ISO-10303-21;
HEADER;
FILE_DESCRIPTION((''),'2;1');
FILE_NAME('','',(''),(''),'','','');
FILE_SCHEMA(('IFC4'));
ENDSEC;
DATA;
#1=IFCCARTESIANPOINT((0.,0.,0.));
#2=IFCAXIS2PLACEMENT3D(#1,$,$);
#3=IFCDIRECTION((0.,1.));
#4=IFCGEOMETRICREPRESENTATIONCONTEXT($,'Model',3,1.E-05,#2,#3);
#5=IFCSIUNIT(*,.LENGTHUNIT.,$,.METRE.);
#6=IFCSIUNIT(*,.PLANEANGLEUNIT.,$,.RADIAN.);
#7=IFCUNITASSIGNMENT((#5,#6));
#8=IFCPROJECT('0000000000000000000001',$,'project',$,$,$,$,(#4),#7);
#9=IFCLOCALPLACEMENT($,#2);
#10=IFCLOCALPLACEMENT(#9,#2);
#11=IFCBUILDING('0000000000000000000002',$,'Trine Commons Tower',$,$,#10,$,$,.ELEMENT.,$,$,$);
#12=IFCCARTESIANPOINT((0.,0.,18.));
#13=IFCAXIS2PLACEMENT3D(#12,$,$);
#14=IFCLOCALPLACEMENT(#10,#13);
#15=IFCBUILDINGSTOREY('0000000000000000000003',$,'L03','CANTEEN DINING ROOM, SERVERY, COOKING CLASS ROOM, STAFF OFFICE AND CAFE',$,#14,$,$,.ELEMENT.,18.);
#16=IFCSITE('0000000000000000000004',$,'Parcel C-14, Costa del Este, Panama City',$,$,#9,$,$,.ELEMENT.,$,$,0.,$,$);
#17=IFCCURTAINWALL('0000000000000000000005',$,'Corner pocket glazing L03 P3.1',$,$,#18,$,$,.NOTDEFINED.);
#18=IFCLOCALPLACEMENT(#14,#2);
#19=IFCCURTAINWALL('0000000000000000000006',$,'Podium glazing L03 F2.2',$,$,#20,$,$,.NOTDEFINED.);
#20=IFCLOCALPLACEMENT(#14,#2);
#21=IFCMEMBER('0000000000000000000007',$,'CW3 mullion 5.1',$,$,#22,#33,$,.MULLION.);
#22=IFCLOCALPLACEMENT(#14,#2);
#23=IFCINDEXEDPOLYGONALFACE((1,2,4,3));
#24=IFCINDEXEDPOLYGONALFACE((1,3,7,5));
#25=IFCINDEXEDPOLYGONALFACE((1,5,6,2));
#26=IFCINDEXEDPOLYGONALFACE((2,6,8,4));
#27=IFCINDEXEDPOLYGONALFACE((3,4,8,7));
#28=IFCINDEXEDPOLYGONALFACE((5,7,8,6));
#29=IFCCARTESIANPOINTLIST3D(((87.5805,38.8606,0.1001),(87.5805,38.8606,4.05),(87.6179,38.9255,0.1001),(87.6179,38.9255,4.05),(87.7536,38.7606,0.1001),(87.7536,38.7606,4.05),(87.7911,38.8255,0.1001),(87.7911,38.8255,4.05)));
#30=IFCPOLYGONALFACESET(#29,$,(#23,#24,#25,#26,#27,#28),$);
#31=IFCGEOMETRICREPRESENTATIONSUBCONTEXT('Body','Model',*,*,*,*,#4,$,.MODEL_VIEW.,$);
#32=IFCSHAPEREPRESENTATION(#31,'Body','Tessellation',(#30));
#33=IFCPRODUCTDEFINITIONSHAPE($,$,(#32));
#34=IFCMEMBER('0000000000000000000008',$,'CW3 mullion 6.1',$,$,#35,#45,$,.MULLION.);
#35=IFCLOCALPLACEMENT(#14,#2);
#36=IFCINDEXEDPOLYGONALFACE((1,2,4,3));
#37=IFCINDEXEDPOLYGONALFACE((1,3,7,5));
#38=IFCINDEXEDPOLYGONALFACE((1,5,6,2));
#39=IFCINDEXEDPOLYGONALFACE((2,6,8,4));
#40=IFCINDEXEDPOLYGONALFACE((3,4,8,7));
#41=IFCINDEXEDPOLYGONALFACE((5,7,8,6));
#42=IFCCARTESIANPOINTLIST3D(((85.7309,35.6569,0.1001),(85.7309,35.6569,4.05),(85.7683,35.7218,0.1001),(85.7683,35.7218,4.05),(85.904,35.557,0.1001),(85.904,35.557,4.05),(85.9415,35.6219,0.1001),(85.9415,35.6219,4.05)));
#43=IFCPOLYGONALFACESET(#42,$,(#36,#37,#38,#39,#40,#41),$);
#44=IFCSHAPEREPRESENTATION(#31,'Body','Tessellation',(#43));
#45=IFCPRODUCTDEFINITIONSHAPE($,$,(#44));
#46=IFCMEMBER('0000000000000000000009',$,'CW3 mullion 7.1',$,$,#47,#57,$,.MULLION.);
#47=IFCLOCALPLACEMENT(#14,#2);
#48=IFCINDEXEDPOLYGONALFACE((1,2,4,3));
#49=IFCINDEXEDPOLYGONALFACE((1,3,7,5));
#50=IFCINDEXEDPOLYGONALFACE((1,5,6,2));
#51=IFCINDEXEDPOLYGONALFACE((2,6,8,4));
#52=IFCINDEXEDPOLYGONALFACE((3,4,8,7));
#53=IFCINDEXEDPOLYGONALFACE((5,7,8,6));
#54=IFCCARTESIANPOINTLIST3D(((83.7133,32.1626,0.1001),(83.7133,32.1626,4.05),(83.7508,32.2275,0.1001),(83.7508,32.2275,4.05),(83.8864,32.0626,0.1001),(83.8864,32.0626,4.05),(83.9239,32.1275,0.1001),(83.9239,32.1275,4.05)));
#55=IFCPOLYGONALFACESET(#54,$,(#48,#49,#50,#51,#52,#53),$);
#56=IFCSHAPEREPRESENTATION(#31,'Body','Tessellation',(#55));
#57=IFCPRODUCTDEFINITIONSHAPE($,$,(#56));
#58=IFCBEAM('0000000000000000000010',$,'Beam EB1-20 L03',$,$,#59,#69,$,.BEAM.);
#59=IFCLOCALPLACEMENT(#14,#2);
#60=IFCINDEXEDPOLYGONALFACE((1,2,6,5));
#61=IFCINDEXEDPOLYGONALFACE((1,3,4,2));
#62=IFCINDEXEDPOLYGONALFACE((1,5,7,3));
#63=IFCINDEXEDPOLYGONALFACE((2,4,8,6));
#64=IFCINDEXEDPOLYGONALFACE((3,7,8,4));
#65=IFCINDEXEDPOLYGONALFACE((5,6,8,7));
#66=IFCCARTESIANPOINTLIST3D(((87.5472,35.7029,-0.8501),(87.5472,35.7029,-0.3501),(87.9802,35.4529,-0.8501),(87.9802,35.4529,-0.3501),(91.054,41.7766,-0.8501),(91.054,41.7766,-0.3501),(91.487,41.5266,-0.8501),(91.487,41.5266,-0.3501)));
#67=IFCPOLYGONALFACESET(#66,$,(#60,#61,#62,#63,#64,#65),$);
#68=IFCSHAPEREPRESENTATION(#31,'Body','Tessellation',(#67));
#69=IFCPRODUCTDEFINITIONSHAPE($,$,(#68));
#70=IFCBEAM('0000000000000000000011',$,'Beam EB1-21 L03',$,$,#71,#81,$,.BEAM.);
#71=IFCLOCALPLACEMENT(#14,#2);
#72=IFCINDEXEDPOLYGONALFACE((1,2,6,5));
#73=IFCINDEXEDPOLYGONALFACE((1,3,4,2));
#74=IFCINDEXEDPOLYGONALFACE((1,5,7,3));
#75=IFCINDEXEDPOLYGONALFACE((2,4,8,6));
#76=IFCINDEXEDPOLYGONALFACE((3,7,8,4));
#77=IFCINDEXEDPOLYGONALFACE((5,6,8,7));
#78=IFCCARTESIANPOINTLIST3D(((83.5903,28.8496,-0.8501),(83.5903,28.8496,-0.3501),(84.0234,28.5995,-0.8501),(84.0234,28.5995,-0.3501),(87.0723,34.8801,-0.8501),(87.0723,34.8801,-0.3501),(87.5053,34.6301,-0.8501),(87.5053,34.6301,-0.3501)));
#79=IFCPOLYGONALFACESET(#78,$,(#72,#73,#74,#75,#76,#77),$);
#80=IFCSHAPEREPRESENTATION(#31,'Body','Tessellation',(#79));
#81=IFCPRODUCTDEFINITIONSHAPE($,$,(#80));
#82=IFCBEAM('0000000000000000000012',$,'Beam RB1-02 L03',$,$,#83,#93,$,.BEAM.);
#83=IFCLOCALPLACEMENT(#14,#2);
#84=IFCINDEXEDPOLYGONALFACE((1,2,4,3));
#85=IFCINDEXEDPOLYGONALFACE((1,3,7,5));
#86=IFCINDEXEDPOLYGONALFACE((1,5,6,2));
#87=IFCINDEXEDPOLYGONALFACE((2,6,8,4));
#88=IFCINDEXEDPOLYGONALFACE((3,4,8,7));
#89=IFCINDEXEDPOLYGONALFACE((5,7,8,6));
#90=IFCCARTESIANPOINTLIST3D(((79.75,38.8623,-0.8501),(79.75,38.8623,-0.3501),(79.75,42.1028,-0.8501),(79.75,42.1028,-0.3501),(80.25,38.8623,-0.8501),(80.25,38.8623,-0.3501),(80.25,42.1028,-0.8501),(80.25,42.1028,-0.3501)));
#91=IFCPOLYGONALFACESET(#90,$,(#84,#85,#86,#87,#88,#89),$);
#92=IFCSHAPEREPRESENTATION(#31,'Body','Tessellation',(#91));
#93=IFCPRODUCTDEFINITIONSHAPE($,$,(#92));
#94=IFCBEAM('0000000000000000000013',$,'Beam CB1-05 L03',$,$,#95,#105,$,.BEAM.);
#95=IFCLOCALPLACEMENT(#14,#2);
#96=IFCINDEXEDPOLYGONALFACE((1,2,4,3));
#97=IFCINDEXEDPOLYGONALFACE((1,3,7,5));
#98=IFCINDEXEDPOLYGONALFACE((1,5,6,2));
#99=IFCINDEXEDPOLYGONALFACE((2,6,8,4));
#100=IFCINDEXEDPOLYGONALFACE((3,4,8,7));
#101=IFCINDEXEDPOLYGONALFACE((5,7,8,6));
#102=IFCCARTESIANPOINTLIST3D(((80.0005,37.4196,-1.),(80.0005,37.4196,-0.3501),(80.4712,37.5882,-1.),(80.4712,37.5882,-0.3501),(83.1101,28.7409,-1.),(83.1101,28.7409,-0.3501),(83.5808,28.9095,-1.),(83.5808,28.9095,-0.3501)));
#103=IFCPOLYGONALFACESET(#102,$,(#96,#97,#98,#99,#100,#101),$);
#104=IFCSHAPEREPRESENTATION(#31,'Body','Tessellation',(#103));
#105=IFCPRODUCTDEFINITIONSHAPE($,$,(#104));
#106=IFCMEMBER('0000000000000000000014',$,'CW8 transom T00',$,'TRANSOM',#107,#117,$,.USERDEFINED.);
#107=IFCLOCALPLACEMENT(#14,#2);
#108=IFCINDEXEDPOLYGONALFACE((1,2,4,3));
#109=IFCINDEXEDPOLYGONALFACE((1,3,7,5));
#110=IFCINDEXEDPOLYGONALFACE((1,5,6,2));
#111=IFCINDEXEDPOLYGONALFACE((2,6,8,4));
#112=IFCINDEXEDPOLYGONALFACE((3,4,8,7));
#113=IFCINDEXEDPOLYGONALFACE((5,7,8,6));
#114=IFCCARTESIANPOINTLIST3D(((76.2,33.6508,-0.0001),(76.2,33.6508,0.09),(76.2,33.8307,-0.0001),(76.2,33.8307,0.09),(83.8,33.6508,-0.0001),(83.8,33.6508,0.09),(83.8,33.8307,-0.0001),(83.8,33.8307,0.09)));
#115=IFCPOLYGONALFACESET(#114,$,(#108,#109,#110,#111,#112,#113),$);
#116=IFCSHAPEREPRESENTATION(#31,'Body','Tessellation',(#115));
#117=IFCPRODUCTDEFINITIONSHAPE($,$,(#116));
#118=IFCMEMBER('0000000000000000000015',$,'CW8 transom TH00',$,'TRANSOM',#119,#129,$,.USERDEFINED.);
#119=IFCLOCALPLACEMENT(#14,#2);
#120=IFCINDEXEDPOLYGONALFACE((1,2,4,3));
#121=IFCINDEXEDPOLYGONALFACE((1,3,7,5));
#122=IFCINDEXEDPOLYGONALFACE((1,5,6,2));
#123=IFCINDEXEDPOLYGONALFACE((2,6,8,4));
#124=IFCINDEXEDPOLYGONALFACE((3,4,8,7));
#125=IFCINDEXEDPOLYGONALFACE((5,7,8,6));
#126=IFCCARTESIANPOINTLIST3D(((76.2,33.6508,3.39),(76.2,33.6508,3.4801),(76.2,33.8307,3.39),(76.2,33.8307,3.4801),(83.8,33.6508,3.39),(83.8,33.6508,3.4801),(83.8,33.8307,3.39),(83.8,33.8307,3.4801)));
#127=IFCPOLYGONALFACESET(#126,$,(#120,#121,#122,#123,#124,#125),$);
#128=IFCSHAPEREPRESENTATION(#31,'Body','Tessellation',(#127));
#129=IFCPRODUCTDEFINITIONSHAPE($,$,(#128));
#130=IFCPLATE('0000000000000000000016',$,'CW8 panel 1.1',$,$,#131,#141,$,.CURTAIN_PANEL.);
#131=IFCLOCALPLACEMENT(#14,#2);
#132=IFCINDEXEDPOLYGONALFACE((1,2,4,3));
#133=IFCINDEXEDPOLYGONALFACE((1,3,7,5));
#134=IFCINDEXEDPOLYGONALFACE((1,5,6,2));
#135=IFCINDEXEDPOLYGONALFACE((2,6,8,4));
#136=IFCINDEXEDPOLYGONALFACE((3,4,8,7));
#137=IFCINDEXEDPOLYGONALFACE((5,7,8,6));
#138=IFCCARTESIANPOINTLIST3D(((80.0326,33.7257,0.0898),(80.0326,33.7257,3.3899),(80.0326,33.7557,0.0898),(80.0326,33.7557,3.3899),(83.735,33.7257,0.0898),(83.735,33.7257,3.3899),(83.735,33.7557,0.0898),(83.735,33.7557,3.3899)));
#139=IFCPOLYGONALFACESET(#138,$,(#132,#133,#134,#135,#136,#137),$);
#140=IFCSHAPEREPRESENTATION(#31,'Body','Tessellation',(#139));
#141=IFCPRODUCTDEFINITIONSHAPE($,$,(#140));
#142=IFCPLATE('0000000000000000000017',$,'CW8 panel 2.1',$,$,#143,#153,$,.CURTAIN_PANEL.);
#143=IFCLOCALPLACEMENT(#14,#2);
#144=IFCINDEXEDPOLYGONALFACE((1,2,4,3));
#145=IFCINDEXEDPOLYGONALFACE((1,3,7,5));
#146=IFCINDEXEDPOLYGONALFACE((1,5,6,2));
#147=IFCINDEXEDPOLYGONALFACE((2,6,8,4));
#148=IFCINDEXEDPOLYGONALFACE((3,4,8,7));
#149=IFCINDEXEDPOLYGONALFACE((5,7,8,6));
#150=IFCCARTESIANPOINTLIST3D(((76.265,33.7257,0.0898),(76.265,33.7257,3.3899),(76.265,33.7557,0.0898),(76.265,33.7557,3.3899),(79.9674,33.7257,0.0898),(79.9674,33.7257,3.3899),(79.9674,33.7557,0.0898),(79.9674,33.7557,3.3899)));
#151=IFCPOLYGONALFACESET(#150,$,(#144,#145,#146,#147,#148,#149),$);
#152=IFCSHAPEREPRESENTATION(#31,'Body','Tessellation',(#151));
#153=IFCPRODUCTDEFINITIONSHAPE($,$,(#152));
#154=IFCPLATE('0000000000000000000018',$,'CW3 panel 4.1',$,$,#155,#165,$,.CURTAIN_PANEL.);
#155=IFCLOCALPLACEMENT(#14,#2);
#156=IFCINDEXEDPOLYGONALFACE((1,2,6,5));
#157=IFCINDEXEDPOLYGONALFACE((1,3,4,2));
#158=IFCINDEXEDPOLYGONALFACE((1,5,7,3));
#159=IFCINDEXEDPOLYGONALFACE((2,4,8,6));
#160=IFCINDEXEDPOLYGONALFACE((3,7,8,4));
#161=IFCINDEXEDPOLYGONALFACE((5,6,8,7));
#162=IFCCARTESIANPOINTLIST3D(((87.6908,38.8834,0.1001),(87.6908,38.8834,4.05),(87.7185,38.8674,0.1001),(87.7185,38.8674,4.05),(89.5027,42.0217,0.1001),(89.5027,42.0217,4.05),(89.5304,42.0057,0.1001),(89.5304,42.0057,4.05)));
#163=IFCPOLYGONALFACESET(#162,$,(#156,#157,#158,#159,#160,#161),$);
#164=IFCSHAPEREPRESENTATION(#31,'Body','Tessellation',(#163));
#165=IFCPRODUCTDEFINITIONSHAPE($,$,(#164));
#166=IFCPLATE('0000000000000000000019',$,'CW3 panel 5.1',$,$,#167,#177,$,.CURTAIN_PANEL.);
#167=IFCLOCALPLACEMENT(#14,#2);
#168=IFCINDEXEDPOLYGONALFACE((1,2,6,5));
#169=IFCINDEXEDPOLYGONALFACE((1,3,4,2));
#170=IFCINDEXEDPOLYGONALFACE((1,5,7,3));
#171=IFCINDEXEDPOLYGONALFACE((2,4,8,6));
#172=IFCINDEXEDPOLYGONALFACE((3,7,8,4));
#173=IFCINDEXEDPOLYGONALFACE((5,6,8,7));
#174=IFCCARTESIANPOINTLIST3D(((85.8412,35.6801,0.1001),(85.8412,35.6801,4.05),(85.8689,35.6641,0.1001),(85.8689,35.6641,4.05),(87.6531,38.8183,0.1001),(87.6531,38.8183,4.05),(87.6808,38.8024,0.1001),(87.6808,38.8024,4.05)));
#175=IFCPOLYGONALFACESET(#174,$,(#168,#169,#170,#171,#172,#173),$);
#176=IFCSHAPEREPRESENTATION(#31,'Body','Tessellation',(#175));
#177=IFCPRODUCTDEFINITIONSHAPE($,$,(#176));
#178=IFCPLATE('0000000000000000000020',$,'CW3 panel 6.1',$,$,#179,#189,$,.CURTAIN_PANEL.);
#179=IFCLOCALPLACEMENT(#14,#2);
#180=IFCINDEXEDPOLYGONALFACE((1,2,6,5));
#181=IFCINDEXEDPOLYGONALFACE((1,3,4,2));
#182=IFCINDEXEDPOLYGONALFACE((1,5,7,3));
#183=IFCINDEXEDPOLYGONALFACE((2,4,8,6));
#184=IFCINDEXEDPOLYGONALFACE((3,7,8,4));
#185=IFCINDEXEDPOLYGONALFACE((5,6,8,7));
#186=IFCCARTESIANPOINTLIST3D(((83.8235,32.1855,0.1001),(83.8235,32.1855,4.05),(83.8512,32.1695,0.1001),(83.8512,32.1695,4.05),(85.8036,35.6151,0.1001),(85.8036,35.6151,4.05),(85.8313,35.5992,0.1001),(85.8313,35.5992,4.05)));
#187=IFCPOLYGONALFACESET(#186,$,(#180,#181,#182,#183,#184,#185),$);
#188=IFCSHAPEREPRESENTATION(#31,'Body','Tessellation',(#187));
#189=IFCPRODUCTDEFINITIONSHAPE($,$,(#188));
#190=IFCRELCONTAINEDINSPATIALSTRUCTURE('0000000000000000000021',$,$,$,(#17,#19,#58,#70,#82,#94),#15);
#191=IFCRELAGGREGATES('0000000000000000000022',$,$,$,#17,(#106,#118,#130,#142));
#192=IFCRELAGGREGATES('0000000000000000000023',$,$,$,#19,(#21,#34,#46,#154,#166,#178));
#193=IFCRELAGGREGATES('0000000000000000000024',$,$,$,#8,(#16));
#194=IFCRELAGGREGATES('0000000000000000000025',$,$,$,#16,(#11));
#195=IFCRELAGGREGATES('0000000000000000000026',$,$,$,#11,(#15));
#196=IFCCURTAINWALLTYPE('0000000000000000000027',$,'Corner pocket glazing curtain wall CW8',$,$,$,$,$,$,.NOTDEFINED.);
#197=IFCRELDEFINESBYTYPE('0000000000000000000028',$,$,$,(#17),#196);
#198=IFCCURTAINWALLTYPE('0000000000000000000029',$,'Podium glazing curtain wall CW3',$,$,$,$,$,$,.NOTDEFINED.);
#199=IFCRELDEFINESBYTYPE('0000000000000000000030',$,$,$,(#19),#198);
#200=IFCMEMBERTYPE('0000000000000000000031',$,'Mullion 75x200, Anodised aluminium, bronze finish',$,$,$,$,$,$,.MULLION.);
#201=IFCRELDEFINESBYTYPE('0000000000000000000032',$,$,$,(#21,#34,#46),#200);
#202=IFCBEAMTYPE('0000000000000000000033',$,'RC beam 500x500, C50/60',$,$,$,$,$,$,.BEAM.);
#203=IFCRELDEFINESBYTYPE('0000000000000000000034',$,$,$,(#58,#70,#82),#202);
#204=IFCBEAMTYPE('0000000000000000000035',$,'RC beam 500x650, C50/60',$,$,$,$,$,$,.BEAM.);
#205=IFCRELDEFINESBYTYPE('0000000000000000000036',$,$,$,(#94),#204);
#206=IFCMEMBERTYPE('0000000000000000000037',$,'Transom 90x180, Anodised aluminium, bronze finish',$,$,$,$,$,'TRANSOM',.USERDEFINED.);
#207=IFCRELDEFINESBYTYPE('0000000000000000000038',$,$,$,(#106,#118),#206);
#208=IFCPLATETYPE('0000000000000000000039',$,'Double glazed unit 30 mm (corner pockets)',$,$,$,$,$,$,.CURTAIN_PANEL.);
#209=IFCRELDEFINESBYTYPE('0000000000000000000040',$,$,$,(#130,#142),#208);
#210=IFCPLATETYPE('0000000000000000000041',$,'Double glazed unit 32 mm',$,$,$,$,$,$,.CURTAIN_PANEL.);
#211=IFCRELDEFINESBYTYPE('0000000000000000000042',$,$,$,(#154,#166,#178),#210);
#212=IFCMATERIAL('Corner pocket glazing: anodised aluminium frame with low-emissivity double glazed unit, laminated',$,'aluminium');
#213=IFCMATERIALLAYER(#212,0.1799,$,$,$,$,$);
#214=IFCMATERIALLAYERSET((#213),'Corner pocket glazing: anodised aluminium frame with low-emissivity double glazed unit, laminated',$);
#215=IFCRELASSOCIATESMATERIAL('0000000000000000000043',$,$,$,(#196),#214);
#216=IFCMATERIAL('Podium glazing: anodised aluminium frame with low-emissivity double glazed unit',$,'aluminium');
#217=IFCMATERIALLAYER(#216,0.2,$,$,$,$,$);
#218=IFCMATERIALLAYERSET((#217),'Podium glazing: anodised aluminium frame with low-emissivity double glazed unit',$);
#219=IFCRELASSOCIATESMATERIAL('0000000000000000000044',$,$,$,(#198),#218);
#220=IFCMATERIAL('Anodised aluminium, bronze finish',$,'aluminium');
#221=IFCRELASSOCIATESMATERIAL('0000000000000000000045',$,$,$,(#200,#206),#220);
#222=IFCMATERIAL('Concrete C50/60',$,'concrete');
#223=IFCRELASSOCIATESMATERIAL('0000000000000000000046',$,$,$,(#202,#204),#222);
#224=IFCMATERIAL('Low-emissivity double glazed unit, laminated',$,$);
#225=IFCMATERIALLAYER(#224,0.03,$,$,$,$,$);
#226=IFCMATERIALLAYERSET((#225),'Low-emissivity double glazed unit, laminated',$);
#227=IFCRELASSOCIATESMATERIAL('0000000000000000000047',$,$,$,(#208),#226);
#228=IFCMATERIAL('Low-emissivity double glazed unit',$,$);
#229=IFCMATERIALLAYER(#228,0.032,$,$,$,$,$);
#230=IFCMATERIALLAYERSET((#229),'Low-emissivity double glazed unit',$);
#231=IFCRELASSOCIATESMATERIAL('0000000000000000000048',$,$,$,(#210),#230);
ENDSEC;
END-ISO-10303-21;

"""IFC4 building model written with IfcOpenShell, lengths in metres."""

from ifc_helpers import new_model, si_unit, direction, frame, origin, origin_2d, place, context, subcontext, project, spatial, rectangle, extrude, material, layer, layer_set, material_profile, profile_set, type_object, element, aggregate, save


model = new_model("IFC4")

# Units and contexts
model_context = context("Model", 3, precision=1e-05, world=origin(), true_north=direction((0.0, 1.0)))
body_context = subcontext(model_context, "Body", "Model", "MODEL_VIEW")
ifc_project = project(units=[si_unit("LENGTHUNIT", "METRE"), si_unit("PLANEANGLEUNIT", "RADIAN")], contexts=[model_context])

# Site, building, storey
site_placement = place(None, origin())
site = spatial("IfcSite", under=ifc_project, at=site_placement, Name="Parcel C-14, Costa del Este, Panama City", CompositionType="ELEMENT", RefElevation=0.0)
building_placement = place(site_placement, origin())
building = spatial("IfcBuilding", under=site, at=building_placement, Name="Trine Commons Tower", CompositionType="ELEMENT")
storey_placement = place(building_placement, frame((0.0, 0.0, 18.0)))
storey = spatial("IfcBuildingStorey", under=building, at=storey_placement, Name="L03", Description="CANTEEN DINING ROOM, SERVERY, COOKING CLASS ROOM, STAFF OFFICE AND CAFE", CompositionType="ELEMENT", Elevation=18.0)

# Curtain walls, members
ifc_material_1 = material(Name="Corner pocket glazing: anodised aluminium frame with low-emissivity double glazed unit, laminated", Category="aluminium")
ifc_layer_1 = layer(ifc_material_1, 0.1799)
ifc_layer_set_1 = layer_set([ifc_layer_1], Name="Corner pocket glazing: anodised aluminium frame with low-emissivity double glazed unit, laminated")
curtain_wall_type_1 = type_object("IfcCurtainWallType", Name="Corner pocket glazing curtain wall CW8", PredefinedType="NOTDEFINED", material=ifc_layer_set_1)
curtain_wall_1_placement = place(storey_placement, origin())
curtain_wall_1 = element("IfcCurtainWall", 1, at=curtain_wall_1_placement, inside=storey, type_object=curtain_wall_type_1, Name="Corner pocket glazing L03 P3.1", PredefinedType="NOTDEFINED")
ifc_material_2 = material(Name="Anodised aluminium, bronze finish", Category="aluminium")
ifc_material_3 = material(Name="Podium glazing: anodised aluminium frame with low-emissivity double glazed unit", Category="aluminium")
ifc_layer_2 = layer(ifc_material_3, 0.2)
ifc_layer_set_2 = layer_set([ifc_layer_2], Name="Podium glazing: anodised aluminium frame with low-emissivity double glazed unit")
curtain_wall_type_2 = type_object("IfcCurtainWallType", Name="Podium glazing curtain wall CW3", PredefinedType="NOTDEFINED", material=ifc_layer_set_2)
curtain_wall_2_placement = place(storey_placement, origin())
curtain_wall_2 = element("IfcCurtainWall", 2, at=curtain_wall_2_placement, inside=storey, type_object=curtain_wall_type_2, Name="Podium glazing L03 F2.2", PredefinedType="NOTDEFINED")
ifc_material_profile_1 = material_profile(ifc_material_2, rectangle(XDim=0.2, YDim=0.075, at=origin_2d()), Name="Mullion 75x200")
ifc_profile_set_1 = profile_set([ifc_material_profile_1], Name="Anodised aluminium, bronze finish")
member_type_1 = type_object("IfcMemberType", Name="Mullion 75x200, Anodised aluminium, bronze finish", PredefinedType="MULLION", material=ifc_profile_set_1)
member_1_placement = place(storey_placement, frame((87.6858, 38.843, 0.1001), z_axis=(0.0, 0.0, 1.0), x_axis=(0.866025, -0.5, 0.0)))
member_1 = element("IfcMember", 3, at=member_1_placement, type_object=member_type_1, Name="CW3 mullion 5.1", PredefinedType="MULLION", context=body_context, shape_type="SweptSolid", body=[
    extrude(rectangle(XDim=0.2, YDim=0.075, at=origin_2d()), origin(), (0.0, 0.0, 1.0), 3.95),
])
member_2_placement = place(storey_placement, frame((85.8362, 35.6394, 0.1001), z_axis=(0.0, 0.0, 1.0), x_axis=(0.866025, -0.5, 0.0)))
member_2 = element("IfcMember", 4, at=member_2_placement, type_object=member_type_1, Name="CW3 mullion 6.1", PredefinedType="MULLION", context=body_context, shape_type="SweptSolid", body=[
    extrude(rectangle(XDim=0.2, YDim=0.075, at=origin_2d()), origin(), (0.0, 0.0, 1.0), 3.95),
])
member_3_placement = place(storey_placement, frame((83.8186, 32.145, 0.1001), z_axis=(0.0, 0.0, 1.0), x_axis=(0.866025, -0.5, 0.0)))
member_3 = element("IfcMember", 5, at=member_3_placement, type_object=member_type_1, Name="CW3 mullion 7.1", PredefinedType="MULLION", context=body_context, shape_type="SweptSolid", body=[
    extrude(rectangle(XDim=0.2, YDim=0.075, at=origin_2d()), origin(), (0.0, 0.0, 1.0), 3.95),
])

# Beams
ifc_material_4 = material(Name="Concrete C50/60", Category="concrete")
ifc_material_profile_2 = material_profile(ifc_material_4, rectangle(XDim=0.5, YDim=0.5, at=origin_2d()), Name="RC 500x500")
ifc_profile_set_2 = profile_set([ifc_material_profile_2], Name="Concrete C50/60")
beam_type_1 = type_object("IfcBeamType", Name="RC beam 500x500, C50/60", PredefinedType="BEAM", material=ifc_profile_set_2)
beam_1_placement = place(storey_placement, frame((91.2705, 41.6516, -0.6001), z_axis=(-0.500018, -0.866015, 0.0), x_axis=(0.866015, -0.500018, 0.0)))
element("IfcBeam", 6, at=beam_1_placement, inside=storey, type_object=beam_type_1, Name="Beam EB1-20 L03", PredefinedType="BEAM", context=body_context, shape_type="SweptSolid", body=[
    extrude(rectangle(XDim=0.5, YDim=0.5, at=origin_2d()), origin(), (0.0, 0.0, 1.0), 7.0134),
])
beam_2_placement = place(storey_placement, frame((87.2888, 34.7551, -0.6001), z_axis=(-0.500023, -0.866012, 0.0), x_axis=(0.866012, -0.500023, 0.0)))
element("IfcBeam", 7, at=beam_2_placement, inside=storey, type_object=beam_type_1, Name="Beam EB1-21 L03", PredefinedType="BEAM", context=body_context, shape_type="SweptSolid", body=[
    extrude(rectangle(XDim=0.5, YDim=0.5, at=origin_2d()), origin(), (0.0, 0.0, 1.0), 6.9636),
])
beam_3_placement = place(storey_placement, frame((80.0, 42.1028, -0.6001), z_axis=(0.0, -1.0, 0.0), x_axis=(1.0, 0.0, 0.0)))
element("IfcBeam", 8, at=beam_3_placement, inside=storey, type_object=beam_type_1, Name="Beam RB1-02 L03", PredefinedType="BEAM", context=body_context, shape_type="SweptSolid", body=[
    extrude(rectangle(XDim=0.5, YDim=0.5, at=origin_2d()), origin(), (0.0, 0.0, 1.0), 3.2405),
])
ifc_material_profile_3 = material_profile(ifc_material_4, rectangle(XDim=0.5, YDim=0.6499, at=origin_2d()), Name="RC 500x650")
ifc_profile_set_3 = profile_set([ifc_material_profile_3], Name="Concrete C50/60")
beam_type_2 = type_object("IfcBeamType", Name="RC beam 500x650, C50/60", PredefinedType="BEAM", material=ifc_profile_set_3)
beam_4_placement = place(storey_placement, frame((83.3455, 28.8252, -0.675), z_axis=(-0.337306, 0.941395, 0.0), x_axis=(-0.941395, -0.337306, 0.0)))
element("IfcBeam", 9, at=beam_4_placement, inside=storey, type_object=beam_type_2, Name="Beam CB1-05 L03", PredefinedType="BEAM", context=body_context, shape_type="SweptSolid", body=[
    extrude(rectangle(XDim=0.5, YDim=0.6499, at=origin_2d()), origin(), (0.0, 0.0, 1.0), 9.219),
])

# Members
ifc_material_profile_4 = material_profile(ifc_material_2, rectangle(XDim=0.1799, YDim=0.0901, at=origin_2d()), Name="Transom 90x180")
ifc_profile_set_4 = profile_set([ifc_material_profile_4], Name="Anodised aluminium, bronze finish")
member_type_2 = type_object("IfcMemberType", Name="Transom 90x180, Anodised aluminium, bronze finish", ElementType="TRANSOM", PredefinedType="USERDEFINED", material=ifc_profile_set_4)
member_4_placement = place(storey_placement, frame((83.8, 33.7407, 0.0449), z_axis=(-1.0, 0.0, 0.0), x_axis=(0.0, -1.0, 0.0)))
member_4 = element("IfcMember", 10, at=member_4_placement, type_object=member_type_2, Name="CW8 transom T00", ObjectType="TRANSOM", PredefinedType="USERDEFINED", context=body_context, shape_type="SweptSolid", body=[
    extrude(rectangle(XDim=0.1799, YDim=0.0901, at=origin_2d()), origin(), (0.0, 0.0, 1.0), 7.6001),
])
member_5_placement = place(storey_placement, frame((83.8, 33.7407, 3.4351), z_axis=(-1.0, 0.0, 0.0), x_axis=(0.0, -1.0, 0.0)))
member_5 = element("IfcMember", 11, at=member_5_placement, type_object=member_type_2, Name="CW8 transom TH00", ObjectType="TRANSOM", PredefinedType="USERDEFINED", context=body_context, shape_type="SweptSolid", body=[
    extrude(rectangle(XDim=0.1799, YDim=0.0901, at=origin_2d()), origin(), (0.0, 0.0, 1.0), 7.6001),
])

# Plates
ifc_material_5 = material(Name="Low-emissivity double glazed unit, laminated")
ifc_layer_3 = layer(ifc_material_5, 0.03)
ifc_layer_set_3 = layer_set([ifc_layer_3], Name="Low-emissivity double glazed unit, laminated")
plate_type_1 = type_object("IfcPlateType", Name="Double glazed unit 30 mm (corner pockets)", PredefinedType="CURTAIN_PANEL", material=ifc_layer_set_3)
plate_1_placement = place(storey_placement, frame((81.8838, 33.7407, 0.0898), z_axis=(0.0, 0.0, 1.0), x_axis=(-1.0, 0.0, 0.0)))
plate_1 = element("IfcPlate", 12, at=plate_1_placement, type_object=plate_type_1, Name="CW8 panel 1.1", PredefinedType="CURTAIN_PANEL", context=body_context, shape_type="SweptSolid", body=[
    extrude(rectangle(XDim=3.7024, YDim=0.03, at=origin_2d()), origin(), (0.0, 0.0, 1.0), 3.3),
])
plate_2_placement = place(storey_placement, frame((78.1162, 33.7407, 0.0898), z_axis=(0.0, 0.0, 1.0), x_axis=(-1.0, 0.0, 0.0)))
plate_2 = element("IfcPlate", 13, at=plate_2_placement, type_object=plate_type_1, Name="CW8 panel 2.1", PredefinedType="CURTAIN_PANEL", context=body_context, shape_type="SweptSolid", body=[
    extrude(rectangle(XDim=3.7024, YDim=0.03, at=origin_2d()), origin(), (0.0, 0.0, 1.0), 3.3),
])
aggregate(curtain_wall_1, [member_4, member_5, plate_1, plate_2])
ifc_material_6 = material(Name="Low-emissivity double glazed unit")
ifc_layer_4 = layer(ifc_material_6, 0.032)
ifc_layer_set_4 = layer_set([ifc_layer_4], Name="Low-emissivity double glazed unit")
plate_type_2 = type_object("IfcPlateType", Name="Double glazed unit 32 mm", PredefinedType="CURTAIN_PANEL", material=ifc_layer_set_4)
plate_3_placement = place(storey_placement, frame((88.6106, 40.4446, 0.1001), z_axis=(0.0, 0.0, 1.0), x_axis=(-0.5, -0.866025, 0.0)))
plate_3 = element("IfcPlate", 14, at=plate_3_placement, type_object=plate_type_2, Name="CW3 panel 4.1", PredefinedType="CURTAIN_PANEL", context=body_context, shape_type="SweptSolid", body=[
    extrude(rectangle(XDim=3.6238, YDim=0.032, at=origin_2d()), origin(), (0.0, 0.0, 1.0), 3.95),
])
plate_4_placement = place(storey_placement, frame((86.761, 37.2412, 0.1001), z_axis=(0.0, 0.0, 1.0), x_axis=(-0.5, -0.866025, 0.0)))
plate_4 = element("IfcPlate", 15, at=plate_4_placement, type_object=plate_type_2, Name="CW3 panel 5.1", PredefinedType="CURTAIN_PANEL", context=body_context, shape_type="SweptSolid", body=[
    extrude(rectangle(XDim=3.6238, YDim=0.032, at=origin_2d()), origin(), (0.0, 0.0, 1.0), 3.95),
])
plate_5_placement = place(storey_placement, frame((84.8274, 33.8923, 0.1001), z_axis=(0.0, 0.0, 1.0), x_axis=(-0.5, -0.866025, 0.0)))
plate_5 = element("IfcPlate", 16, at=plate_5_placement, type_object=plate_type_2, Name="CW3 panel 6.1", PredefinedType="CURTAIN_PANEL", context=body_context, shape_type="SweptSolid", body=[
    extrude(rectangle(XDim=3.9602, YDim=0.032, at=origin_2d()), origin(), (0.0, 0.0, 1.0), 3.95),
])
aggregate(curtain_wall_2, [member_1, member_2, member_3, plate_3, plate_4, plate_5])

save(model, "model.ifc")
